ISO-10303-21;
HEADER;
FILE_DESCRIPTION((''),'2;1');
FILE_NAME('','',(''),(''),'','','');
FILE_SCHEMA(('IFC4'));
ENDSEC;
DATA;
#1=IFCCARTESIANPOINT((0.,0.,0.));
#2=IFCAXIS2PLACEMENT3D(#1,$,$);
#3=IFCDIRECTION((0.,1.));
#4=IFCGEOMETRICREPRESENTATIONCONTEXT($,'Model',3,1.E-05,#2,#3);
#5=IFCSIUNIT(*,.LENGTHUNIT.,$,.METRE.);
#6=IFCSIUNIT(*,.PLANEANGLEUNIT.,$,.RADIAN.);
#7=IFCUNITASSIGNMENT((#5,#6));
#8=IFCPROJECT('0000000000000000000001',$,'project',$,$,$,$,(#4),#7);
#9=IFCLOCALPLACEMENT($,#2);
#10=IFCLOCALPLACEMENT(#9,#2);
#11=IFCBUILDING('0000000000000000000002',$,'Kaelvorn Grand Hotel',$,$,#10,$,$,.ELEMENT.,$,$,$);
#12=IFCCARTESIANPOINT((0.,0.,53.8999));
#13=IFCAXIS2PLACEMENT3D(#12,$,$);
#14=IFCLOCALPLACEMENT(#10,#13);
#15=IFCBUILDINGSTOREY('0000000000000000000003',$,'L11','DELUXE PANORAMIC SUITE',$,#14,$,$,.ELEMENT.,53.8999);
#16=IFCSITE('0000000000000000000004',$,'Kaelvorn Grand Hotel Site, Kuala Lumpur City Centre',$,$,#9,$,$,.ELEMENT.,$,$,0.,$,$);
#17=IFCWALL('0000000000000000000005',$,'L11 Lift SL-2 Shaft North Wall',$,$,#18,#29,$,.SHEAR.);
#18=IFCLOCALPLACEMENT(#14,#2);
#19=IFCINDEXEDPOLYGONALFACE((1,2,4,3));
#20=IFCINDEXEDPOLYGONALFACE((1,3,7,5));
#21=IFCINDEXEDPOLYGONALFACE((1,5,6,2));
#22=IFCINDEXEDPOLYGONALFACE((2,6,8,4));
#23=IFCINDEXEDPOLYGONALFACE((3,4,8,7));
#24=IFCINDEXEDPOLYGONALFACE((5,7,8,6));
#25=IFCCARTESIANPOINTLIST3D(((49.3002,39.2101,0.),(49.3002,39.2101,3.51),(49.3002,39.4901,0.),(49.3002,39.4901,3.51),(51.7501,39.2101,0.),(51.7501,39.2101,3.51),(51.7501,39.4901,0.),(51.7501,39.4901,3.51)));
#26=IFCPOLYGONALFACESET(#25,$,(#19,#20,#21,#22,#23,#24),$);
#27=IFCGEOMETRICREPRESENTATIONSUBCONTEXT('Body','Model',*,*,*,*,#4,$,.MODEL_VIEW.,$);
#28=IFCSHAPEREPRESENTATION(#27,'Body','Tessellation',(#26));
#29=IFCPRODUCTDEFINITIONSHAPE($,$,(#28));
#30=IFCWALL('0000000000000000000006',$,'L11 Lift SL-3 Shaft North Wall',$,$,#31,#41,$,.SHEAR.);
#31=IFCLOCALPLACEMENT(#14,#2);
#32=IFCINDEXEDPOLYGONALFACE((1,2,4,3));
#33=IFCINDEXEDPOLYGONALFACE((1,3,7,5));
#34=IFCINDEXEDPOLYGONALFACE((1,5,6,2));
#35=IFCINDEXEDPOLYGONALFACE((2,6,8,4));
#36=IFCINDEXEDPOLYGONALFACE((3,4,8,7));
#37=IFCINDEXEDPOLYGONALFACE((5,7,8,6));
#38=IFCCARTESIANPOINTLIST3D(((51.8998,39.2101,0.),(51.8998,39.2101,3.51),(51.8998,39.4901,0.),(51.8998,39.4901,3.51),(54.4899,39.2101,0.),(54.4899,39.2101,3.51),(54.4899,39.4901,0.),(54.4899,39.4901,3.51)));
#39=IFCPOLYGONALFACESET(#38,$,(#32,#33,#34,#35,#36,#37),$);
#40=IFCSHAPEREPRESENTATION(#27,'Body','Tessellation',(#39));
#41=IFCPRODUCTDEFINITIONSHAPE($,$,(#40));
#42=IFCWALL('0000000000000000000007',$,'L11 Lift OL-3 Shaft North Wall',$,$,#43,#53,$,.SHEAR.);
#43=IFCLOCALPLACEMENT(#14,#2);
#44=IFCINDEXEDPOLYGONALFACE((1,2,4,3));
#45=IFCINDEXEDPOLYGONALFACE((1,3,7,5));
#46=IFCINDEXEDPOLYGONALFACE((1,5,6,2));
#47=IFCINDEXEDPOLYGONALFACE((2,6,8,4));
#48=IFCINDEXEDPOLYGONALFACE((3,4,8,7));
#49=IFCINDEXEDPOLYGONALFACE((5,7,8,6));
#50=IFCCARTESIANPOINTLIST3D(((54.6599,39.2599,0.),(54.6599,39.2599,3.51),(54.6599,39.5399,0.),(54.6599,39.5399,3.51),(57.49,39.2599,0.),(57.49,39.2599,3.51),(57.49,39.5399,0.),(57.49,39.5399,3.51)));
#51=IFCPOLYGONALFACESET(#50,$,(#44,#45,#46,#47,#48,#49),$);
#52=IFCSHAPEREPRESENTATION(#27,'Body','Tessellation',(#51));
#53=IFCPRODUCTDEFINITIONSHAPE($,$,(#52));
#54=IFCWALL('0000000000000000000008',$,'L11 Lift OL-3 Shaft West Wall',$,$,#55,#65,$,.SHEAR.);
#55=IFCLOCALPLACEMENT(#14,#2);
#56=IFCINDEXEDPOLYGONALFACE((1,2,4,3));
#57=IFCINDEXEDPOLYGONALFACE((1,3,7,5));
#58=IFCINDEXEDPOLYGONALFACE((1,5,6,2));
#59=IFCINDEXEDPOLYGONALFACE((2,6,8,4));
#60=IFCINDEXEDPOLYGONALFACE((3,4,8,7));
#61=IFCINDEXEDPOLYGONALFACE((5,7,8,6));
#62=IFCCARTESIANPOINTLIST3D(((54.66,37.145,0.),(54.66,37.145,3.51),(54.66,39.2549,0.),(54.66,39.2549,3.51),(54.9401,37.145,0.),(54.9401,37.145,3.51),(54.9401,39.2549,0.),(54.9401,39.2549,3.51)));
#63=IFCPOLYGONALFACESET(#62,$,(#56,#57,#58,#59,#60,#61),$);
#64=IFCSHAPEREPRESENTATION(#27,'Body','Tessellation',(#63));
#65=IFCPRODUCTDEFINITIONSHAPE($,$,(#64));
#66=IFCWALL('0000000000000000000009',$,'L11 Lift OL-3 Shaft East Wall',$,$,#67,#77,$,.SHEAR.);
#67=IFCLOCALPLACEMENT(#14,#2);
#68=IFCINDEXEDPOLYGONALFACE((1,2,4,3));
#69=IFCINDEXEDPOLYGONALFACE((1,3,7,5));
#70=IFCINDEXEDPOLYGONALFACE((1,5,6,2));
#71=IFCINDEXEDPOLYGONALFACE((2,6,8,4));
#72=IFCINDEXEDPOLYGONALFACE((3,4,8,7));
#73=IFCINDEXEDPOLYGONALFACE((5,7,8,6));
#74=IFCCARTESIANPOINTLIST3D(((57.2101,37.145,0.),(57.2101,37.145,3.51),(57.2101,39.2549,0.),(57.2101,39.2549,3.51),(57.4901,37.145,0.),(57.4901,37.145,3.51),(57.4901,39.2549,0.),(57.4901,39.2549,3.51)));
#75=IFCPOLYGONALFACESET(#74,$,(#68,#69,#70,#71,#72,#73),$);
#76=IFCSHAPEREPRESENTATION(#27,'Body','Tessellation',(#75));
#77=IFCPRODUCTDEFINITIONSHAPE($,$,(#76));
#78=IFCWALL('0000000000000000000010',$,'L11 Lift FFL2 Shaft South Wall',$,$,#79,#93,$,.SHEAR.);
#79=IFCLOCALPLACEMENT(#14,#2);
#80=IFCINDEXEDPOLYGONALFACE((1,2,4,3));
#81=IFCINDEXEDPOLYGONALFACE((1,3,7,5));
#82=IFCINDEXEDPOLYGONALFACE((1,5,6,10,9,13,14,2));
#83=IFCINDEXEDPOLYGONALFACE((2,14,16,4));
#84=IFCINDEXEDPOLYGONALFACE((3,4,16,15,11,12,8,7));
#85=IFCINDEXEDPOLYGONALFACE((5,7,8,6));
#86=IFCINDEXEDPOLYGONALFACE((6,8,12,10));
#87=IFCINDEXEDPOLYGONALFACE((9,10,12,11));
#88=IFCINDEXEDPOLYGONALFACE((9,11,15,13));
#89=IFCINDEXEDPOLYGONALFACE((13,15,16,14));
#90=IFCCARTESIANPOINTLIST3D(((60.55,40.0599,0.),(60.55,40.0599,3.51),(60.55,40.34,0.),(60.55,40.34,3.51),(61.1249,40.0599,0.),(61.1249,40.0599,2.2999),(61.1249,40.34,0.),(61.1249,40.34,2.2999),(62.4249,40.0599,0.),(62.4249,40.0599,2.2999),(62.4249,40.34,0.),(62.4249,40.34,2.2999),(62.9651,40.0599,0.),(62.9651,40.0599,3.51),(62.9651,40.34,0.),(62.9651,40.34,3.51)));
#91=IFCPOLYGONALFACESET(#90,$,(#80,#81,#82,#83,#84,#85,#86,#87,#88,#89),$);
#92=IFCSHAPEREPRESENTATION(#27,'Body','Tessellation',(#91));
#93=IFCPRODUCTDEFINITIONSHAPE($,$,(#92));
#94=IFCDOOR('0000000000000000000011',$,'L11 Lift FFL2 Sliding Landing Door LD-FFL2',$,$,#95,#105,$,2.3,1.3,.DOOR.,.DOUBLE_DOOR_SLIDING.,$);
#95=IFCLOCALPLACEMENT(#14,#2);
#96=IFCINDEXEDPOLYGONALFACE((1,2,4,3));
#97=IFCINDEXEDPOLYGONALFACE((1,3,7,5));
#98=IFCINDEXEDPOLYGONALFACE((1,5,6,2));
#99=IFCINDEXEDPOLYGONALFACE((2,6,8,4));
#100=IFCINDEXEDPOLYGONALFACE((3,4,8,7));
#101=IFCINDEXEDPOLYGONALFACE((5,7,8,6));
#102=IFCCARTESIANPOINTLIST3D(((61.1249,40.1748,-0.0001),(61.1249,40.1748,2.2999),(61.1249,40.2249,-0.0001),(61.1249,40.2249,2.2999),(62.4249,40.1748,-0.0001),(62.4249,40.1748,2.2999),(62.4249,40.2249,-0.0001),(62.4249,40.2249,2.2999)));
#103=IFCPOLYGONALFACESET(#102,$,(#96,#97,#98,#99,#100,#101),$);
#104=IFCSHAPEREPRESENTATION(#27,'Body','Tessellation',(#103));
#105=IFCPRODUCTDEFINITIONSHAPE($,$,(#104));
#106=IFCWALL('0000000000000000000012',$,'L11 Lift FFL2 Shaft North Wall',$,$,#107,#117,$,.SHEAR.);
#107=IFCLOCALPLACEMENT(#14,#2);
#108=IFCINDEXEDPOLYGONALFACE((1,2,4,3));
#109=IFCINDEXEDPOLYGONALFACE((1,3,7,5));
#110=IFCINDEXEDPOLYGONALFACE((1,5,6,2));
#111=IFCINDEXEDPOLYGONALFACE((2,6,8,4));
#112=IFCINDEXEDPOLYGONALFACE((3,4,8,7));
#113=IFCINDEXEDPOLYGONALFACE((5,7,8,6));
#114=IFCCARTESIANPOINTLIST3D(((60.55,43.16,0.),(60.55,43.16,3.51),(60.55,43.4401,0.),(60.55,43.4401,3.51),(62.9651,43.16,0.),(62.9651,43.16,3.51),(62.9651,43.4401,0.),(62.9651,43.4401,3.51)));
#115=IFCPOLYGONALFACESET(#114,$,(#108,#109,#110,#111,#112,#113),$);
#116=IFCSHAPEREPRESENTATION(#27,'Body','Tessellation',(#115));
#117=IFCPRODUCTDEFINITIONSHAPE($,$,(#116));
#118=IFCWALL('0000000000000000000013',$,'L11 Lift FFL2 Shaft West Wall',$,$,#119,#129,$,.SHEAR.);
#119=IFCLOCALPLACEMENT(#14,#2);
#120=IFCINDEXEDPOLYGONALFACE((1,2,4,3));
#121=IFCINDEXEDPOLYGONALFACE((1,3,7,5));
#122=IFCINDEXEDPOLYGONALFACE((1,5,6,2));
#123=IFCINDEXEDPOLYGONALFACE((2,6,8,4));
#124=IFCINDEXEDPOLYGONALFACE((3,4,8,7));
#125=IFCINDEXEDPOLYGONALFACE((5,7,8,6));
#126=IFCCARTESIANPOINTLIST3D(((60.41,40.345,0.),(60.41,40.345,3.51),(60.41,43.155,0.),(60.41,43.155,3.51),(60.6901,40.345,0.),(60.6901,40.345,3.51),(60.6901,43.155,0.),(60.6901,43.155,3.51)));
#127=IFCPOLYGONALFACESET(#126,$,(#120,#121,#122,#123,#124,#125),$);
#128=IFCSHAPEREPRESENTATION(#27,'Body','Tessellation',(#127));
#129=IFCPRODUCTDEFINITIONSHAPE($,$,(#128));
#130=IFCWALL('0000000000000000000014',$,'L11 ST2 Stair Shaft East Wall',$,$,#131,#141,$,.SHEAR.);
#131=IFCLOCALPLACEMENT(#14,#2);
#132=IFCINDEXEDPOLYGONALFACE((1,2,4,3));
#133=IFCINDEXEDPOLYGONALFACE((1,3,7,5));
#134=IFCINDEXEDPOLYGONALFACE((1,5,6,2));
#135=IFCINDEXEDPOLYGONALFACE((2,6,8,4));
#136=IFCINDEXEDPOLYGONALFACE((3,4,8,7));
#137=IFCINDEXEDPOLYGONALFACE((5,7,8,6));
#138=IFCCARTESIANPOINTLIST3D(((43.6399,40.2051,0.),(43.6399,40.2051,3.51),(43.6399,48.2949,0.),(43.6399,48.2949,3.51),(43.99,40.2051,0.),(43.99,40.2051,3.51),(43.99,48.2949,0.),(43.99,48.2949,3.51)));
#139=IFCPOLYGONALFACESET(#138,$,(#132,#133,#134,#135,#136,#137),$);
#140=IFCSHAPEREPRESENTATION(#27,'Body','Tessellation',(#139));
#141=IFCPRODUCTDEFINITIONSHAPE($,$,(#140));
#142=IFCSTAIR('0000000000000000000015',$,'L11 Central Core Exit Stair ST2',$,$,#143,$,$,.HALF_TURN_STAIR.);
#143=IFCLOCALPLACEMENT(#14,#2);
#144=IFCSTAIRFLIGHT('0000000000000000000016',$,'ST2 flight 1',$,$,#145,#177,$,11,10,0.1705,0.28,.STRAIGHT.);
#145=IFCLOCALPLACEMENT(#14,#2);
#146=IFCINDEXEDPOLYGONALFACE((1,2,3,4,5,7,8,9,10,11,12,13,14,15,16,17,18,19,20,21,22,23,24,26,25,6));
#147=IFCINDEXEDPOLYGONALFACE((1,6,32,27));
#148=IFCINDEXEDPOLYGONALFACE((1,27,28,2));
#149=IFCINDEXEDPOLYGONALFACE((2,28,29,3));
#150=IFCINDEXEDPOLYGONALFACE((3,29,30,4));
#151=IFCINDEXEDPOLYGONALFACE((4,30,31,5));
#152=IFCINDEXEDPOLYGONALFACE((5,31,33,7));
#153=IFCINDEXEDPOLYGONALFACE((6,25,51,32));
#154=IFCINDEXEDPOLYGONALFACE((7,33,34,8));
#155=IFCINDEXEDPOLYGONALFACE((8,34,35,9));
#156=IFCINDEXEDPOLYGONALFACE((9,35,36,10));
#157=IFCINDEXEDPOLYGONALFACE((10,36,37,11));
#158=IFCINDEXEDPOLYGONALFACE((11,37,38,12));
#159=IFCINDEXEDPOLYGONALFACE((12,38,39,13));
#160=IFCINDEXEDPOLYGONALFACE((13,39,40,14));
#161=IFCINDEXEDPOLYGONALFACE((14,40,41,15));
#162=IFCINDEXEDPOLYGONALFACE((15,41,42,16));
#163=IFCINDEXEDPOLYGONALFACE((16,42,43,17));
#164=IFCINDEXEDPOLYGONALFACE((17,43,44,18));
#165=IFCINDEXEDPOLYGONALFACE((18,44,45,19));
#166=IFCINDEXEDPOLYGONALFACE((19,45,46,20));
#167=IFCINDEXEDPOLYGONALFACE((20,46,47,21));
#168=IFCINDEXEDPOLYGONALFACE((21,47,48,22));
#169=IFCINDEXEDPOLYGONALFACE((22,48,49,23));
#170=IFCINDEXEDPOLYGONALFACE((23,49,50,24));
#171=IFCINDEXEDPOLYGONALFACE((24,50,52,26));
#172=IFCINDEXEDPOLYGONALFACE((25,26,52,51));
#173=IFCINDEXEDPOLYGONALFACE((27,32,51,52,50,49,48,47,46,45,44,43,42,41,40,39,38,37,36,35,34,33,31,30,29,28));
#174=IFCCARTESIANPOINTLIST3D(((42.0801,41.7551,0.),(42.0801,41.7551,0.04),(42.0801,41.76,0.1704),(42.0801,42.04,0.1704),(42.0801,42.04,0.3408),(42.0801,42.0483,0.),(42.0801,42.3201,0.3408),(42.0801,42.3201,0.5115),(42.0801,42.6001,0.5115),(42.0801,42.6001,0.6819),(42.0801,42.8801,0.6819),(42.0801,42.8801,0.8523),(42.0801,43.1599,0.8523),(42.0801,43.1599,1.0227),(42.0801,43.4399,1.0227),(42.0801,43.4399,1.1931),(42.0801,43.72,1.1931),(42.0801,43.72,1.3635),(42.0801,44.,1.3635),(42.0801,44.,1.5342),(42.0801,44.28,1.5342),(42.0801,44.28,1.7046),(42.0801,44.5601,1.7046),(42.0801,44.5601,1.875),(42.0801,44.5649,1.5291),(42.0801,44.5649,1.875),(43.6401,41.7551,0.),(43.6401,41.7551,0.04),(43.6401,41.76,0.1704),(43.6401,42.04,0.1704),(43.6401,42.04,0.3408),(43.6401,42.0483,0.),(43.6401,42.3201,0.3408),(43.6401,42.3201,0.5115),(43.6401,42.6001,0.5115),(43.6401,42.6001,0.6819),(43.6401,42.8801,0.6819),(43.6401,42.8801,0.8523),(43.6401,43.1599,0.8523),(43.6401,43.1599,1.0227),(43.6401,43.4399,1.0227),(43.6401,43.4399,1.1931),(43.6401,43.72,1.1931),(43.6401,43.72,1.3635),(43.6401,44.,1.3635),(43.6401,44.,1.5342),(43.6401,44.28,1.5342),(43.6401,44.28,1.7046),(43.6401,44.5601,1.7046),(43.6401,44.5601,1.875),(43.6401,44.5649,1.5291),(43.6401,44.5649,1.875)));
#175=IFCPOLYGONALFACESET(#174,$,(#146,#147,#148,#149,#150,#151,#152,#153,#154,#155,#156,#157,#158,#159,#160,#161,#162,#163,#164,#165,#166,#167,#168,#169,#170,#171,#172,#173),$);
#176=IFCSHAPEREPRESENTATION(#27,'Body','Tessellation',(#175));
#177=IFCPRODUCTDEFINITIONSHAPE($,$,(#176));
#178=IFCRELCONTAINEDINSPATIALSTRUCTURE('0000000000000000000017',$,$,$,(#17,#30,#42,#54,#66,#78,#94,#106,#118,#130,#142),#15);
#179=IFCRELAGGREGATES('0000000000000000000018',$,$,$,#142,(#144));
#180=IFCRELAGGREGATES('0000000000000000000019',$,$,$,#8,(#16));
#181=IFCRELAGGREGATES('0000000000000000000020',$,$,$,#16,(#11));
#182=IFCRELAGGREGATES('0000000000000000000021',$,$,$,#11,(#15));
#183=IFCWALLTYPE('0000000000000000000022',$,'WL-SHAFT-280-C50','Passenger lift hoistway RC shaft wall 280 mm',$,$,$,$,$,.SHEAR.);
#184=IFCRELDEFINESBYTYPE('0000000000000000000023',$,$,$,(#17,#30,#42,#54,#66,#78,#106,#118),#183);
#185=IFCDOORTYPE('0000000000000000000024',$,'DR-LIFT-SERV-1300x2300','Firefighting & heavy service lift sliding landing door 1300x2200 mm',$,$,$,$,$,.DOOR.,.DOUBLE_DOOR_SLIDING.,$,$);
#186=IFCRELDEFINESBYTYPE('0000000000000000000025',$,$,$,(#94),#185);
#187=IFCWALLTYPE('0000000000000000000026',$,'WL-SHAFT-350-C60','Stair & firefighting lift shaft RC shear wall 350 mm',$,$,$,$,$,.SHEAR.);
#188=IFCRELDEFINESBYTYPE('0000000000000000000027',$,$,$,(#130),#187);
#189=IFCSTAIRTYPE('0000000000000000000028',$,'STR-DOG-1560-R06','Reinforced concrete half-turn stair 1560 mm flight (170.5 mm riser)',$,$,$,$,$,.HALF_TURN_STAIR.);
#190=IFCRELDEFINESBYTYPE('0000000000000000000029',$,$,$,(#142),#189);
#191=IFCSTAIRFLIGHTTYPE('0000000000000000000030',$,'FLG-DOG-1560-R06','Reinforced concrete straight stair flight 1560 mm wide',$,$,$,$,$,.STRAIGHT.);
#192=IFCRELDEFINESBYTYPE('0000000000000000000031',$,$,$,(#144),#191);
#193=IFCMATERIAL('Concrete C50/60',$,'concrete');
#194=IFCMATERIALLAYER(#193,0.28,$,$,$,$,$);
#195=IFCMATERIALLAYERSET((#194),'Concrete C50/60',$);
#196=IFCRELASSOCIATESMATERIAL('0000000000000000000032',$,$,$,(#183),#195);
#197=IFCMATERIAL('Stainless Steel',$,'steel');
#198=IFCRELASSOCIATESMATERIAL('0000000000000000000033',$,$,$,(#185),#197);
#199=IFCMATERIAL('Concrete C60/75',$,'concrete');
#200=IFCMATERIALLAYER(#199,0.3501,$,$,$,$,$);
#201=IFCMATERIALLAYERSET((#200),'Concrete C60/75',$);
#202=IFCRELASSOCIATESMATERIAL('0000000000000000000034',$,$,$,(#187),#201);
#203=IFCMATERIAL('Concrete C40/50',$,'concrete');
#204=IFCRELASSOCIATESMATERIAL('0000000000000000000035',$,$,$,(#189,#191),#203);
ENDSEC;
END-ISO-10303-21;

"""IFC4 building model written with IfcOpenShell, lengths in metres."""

from ifc_helpers import new_model, si_unit, direction, frame, frame_2d, origin, place, context, subcontext, project, spatial, polyline, rectangle, outline, extrude, material, layer, layer_set, type_object, element, fill, aggregate, save


model = new_model("IFC4")

# Units and contexts
model_context = context("Model", 3, precision=1e-05, world=origin(), true_north=direction((0.0, 1.0)))
body_context = subcontext(model_context, "Body", "Model", "MODEL_VIEW")
ifc_project = project(units=[si_unit("LENGTHUNIT", "METRE"), si_unit("PLANEANGLEUNIT", "RADIAN")], contexts=[model_context])

# Site, building, storey
site_placement = place(None, origin())
site = spatial("IfcSite", under=ifc_project, at=site_placement, Name="Kaelvorn Grand Hotel Site, Kuala Lumpur City Centre", CompositionType="ELEMENT", RefElevation=0.0)
building_placement = place(site_placement, origin())
building = spatial("IfcBuilding", under=site, at=building_placement, Name="Kaelvorn Grand Hotel", CompositionType="ELEMENT")
storey_placement = place(building_placement, frame((0.0, 0.0, 53.8999)))
storey = spatial("IfcBuildingStorey", under=building, at=storey_placement, Name="L11", Description="DELUXE PANORAMIC SUITE", CompositionType="ELEMENT", Elevation=53.8999)

# Shared definitions
ifc_material_1 = material(Name="Concrete C60/75", Category="concrete")

# Shared definitions
ifc_material_2 = material(Name="Concrete C40/50", Category="concrete")

# Walls
ifc_material_3 = material(Name="Concrete C50/60", Category="concrete")
ifc_layer_1 = layer(ifc_material_3, 0.28)
ifc_layer_set_1 = layer_set([ifc_layer_1], Name="Concrete C50/60")
wall_type_1 = type_object("IfcWallType", Name="WL-SHAFT-280-C50", Description="Passenger lift hoistway RC shaft wall 280 mm", PredefinedType="SHEAR", material=ifc_layer_set_1)
for number, where, z_axis, x_axis, name in (
    (1, (49.3, 39.3501, 0.0), (0.0, 0.0, 1.0), (1.0, 0.0, 0.0), "L11 Lift SL-2 Shaft North Wall"),
):
    element("IfcWall", number, at=place(storey_placement, frame(where, z_axis=z_axis, x_axis=x_axis)), inside=storey, type_object=wall_type_1, Name=name, PredefinedType="SHEAR", context=body_context, shape_type="SweptSolid", body=[
        extrude(rectangle(XDim=2.45, YDim=0.28, at=frame_2d((1.2251, 0.0))), origin(), (0.0, 0.0, 1.0), 3.51),
    ])
wall_1_placement = place(storey_placement, frame((51.8999, 39.3501, 0.0), z_axis=(0.0, 0.0, 1.0), x_axis=(1.0, 0.0, 0.0)))
element("IfcWall", 2, at=wall_1_placement, inside=storey, type_object=wall_type_1, Name="L11 Lift SL-3 Shaft North Wall", PredefinedType="SHEAR", context=body_context, shape_type="SweptSolid", body=[
    extrude(rectangle(XDim=2.5901, YDim=0.28, at=frame_2d((1.2949, 0.0))), origin(), (0.0, 0.0, 1.0), 3.51),
])
wall_2_placement = place(storey_placement, frame((54.6599, 39.3999, 0.0), z_axis=(0.0, 0.0, 1.0), x_axis=(1.0, 0.0, 0.0)))
element("IfcWall", 3, at=wall_2_placement, inside=storey, type_object=wall_type_1, Name="L11 Lift OL-3 Shaft North Wall", PredefinedType="SHEAR", context=body_context, shape_type="SweptSolid", body=[
    extrude(rectangle(XDim=2.8301, YDim=0.28, at=frame_2d((1.415, 0.0))), origin(), (0.0, 0.0, 1.0), 3.51),
])
for number, where, z_axis, x_axis, name in (
    (4, (54.8, 37.145, 0.0), (0.0, 0.0, 1.0), (0.0, 1.0, 0.0), "L11 Lift OL-3 Shaft West Wall"),
    (5, (57.3501, 37.145, 0.0), (0.0, 0.0, 1.0), (0.0, 1.0, 0.0), "L11 Lift OL-3 Shaft East Wall"),
):
    element("IfcWall", number, at=place(storey_placement, frame(where, z_axis=z_axis, x_axis=x_axis)), inside=storey, type_object=wall_type_1, Name=name, PredefinedType="SHEAR", context=body_context, shape_type="SweptSolid", body=[
        extrude(rectangle(XDim=2.1099, YDim=0.28, at=frame_2d((1.0549, 0.0))), origin(), (0.0, 0.0, 1.0), 3.51),
    ])

# Wall, opening, door
wall_3_placement = place(storey_placement, frame((60.55, 40.2, 0.0), z_axis=(0.0, 0.0, 1.0), x_axis=(1.0, 0.0, 0.0)))
wall_3 = element("IfcWall", 6, at=wall_3_placement, inside=storey, type_object=wall_type_1, Name="L11 Lift FFL2 Shaft South Wall", PredefinedType="SHEAR", context=body_context, shape_type="SweptSolid", body=[
    extrude(rectangle(XDim=2.415, YDim=0.28, at=frame_2d((1.2075, 0.0))), origin(), (0.0, 0.0, 1.0), 3.51),
])
opening_1_placement = place(wall_3_placement, frame((0.575, 0.0, 0.0)))
opening_1 = element("IfcOpeningElement", 7, at=opening_1_placement, cuts=wall_3, PredefinedType="OPENING", context=body_context, shape_type="SweptSolid", body=[
    extrude(rectangle(XDim=1.3, YDim=2.3, at=frame_2d((0.6499, 1.1499))), frame((0.0, 0.1499, 0.0), z_axis=(0.0, -1.0, 0.0), x_axis=(1.0, 0.0, 0.0)), (0.0, 0.0, 1.0), 0.3),
])
ifc_material_4 = material(Name="Stainless Steel", Category="steel")
door_type_1 = type_object("IfcDoorType", Name="DR-LIFT-SERV-1300x2300", Description="Firefighting & heavy service lift sliding landing door 1300x2200 mm", OperationType="DOUBLE_DOOR_SLIDING", PredefinedType="DOOR", material=ifc_material_4)
door_1_placement = place(opening_1_placement, origin())
door_1 = element("IfcDoor", 8, at=door_1_placement, inside=storey, type_object=door_type_1, Name="L11 Lift FFL2 Sliding Landing Door LD-FFL2", OperationType="DOUBLE_DOOR_SLIDING", OverallHeight=2.3, OverallWidth=1.3, PredefinedType="DOOR", context=body_context, shape_type="SweptSolid", body=[
    extrude(rectangle(XDim=1.3, YDim=2.3, at=frame_2d((0.6499, 1.1499))), frame((0.0, 0.0249, 0.0), z_axis=(0.0, -1.0, 0.0), x_axis=(1.0, 0.0, 0.0)), (0.0, 0.0, 1.0), 0.05),
])
fill(opening_1, door_1)

# Walls
wall_4_placement = place(storey_placement, frame((60.55, 43.3, 0.0), z_axis=(0.0, 0.0, 1.0), x_axis=(1.0, 0.0, 0.0)))
element("IfcWall", 9, at=wall_4_placement, inside=storey, type_object=wall_type_1, Name="L11 Lift FFL2 Shaft North Wall", PredefinedType="SHEAR", context=body_context, shape_type="SweptSolid", body=[
    extrude(rectangle(XDim=2.415, YDim=0.28, at=frame_2d((1.2075, 0.0))), origin(), (0.0, 0.0, 1.0), 3.51),
])
wall_5_placement = place(storey_placement, frame((60.55, 40.345, 0.0), z_axis=(0.0, 0.0, 1.0), x_axis=(0.0, 1.0, 0.0)))
element("IfcWall", 10, at=wall_5_placement, inside=storey, type_object=wall_type_1, Name="L11 Lift FFL2 Shaft West Wall", PredefinedType="SHEAR", context=body_context, shape_type="SweptSolid", body=[
    extrude(rectangle(XDim=2.8101, YDim=0.28, at=frame_2d((1.405, 0.0))), origin(), (0.0, 0.0, 1.0), 3.51),
])
ifc_layer_2 = layer(ifc_material_1, 0.3501)
ifc_layer_set_2 = layer_set([ifc_layer_2], Name="Concrete C60/75")
wall_type_2 = type_object("IfcWallType", Name="WL-SHAFT-350-C60", Description="Stair & firefighting lift shaft RC shear wall 350 mm", PredefinedType="SHEAR", material=ifc_layer_set_2)
wall_6_placement = place(storey_placement, frame((43.8149, 40.2051, 0.0), z_axis=(0.0, 0.0, 1.0), x_axis=(0.0, 1.0, 0.0)))
element("IfcWall", 11, at=wall_6_placement, inside=storey, type_object=wall_type_2, Name="L11 ST2 Stair Shaft East Wall", PredefinedType="SHEAR", context=body_context, shape_type="SweptSolid", body=[
    extrude(rectangle(XDim=8.0898, YDim=0.3501, at=frame_2d((4.0449, 0.0))), origin(), (0.0, 0.0, 1.0), 3.51),
])

# Stair, stair flight
stair_type = type_object("IfcStairType", Name="STR-DOG-1560-R06", Description="Reinforced concrete half-turn stair 1560 mm flight (170.5 mm riser)", PredefinedType="HALF_TURN_STAIR", material=ifc_material_2)
stair_placement = place(storey_placement, origin())
stair = element("IfcStair", 12, at=stair_placement, inside=storey, type_object=stair_type, Name="L11 Central Core Exit Stair ST2", PredefinedType="HALF_TURN_STAIR")
stair_flight_type = type_object("IfcStairFlightType", Name="FLG-DOG-1560-R06", Description="Reinforced concrete straight stair flight 1560 mm wide", PredefinedType="STRAIGHT", material=ifc_material_2)
stair_flight_placement = place(storey_placement, frame((42.8601, 41.76, 0.0), z_axis=(0.0, 0.0, 1.0), x_axis=(0.0, 1.0, 0.0)))
stair_flight = element("IfcStairFlight", 13, at=stair_flight_placement, type_object=stair_flight_type, Name="ST2 flight 1", NumberOfRisers=11, NumberOfTreads=10, PredefinedType="STRAIGHT", RiserHeight=0.1705, TreadLength=0.28, context=body_context, shape_type="SweptSolid", body=[
    extrude(outline(polyline([(-0.0049, 0.0), (-0.0049, 0.04), (0.0, 0.1704), (0.28, 0.1704), (0.28, 0.3408), (0.5601, 0.3408), (0.5601, 0.5115), (0.8401, 0.5115), (0.8401, 0.6819), (1.1201, 0.6819), (1.1201, 0.8523), (1.3999, 0.8523), (1.3999, 1.0227), (1.6799, 1.0227), (1.6799, 1.1931), (1.96, 1.1931), (1.96, 1.3635), (2.24, 1.3635), (2.24, 1.5342), (2.52, 1.5342), (2.52, 1.7046), (2.8, 1.7046), (2.8, 1.875), (2.8049, 1.875), (2.8049, 1.5291), (0.2883, 0.0), (-0.0049, 0.0)])), frame((0.0, 0.78, 0.0), z_axis=(0.0, -1.0, 0.0), x_axis=(1.0, 0.0, 0.0)), (0.0, 0.0, 1.0), 1.5601),
])
aggregate(stair, [stair_flight])

save(model, "model.ifc")
